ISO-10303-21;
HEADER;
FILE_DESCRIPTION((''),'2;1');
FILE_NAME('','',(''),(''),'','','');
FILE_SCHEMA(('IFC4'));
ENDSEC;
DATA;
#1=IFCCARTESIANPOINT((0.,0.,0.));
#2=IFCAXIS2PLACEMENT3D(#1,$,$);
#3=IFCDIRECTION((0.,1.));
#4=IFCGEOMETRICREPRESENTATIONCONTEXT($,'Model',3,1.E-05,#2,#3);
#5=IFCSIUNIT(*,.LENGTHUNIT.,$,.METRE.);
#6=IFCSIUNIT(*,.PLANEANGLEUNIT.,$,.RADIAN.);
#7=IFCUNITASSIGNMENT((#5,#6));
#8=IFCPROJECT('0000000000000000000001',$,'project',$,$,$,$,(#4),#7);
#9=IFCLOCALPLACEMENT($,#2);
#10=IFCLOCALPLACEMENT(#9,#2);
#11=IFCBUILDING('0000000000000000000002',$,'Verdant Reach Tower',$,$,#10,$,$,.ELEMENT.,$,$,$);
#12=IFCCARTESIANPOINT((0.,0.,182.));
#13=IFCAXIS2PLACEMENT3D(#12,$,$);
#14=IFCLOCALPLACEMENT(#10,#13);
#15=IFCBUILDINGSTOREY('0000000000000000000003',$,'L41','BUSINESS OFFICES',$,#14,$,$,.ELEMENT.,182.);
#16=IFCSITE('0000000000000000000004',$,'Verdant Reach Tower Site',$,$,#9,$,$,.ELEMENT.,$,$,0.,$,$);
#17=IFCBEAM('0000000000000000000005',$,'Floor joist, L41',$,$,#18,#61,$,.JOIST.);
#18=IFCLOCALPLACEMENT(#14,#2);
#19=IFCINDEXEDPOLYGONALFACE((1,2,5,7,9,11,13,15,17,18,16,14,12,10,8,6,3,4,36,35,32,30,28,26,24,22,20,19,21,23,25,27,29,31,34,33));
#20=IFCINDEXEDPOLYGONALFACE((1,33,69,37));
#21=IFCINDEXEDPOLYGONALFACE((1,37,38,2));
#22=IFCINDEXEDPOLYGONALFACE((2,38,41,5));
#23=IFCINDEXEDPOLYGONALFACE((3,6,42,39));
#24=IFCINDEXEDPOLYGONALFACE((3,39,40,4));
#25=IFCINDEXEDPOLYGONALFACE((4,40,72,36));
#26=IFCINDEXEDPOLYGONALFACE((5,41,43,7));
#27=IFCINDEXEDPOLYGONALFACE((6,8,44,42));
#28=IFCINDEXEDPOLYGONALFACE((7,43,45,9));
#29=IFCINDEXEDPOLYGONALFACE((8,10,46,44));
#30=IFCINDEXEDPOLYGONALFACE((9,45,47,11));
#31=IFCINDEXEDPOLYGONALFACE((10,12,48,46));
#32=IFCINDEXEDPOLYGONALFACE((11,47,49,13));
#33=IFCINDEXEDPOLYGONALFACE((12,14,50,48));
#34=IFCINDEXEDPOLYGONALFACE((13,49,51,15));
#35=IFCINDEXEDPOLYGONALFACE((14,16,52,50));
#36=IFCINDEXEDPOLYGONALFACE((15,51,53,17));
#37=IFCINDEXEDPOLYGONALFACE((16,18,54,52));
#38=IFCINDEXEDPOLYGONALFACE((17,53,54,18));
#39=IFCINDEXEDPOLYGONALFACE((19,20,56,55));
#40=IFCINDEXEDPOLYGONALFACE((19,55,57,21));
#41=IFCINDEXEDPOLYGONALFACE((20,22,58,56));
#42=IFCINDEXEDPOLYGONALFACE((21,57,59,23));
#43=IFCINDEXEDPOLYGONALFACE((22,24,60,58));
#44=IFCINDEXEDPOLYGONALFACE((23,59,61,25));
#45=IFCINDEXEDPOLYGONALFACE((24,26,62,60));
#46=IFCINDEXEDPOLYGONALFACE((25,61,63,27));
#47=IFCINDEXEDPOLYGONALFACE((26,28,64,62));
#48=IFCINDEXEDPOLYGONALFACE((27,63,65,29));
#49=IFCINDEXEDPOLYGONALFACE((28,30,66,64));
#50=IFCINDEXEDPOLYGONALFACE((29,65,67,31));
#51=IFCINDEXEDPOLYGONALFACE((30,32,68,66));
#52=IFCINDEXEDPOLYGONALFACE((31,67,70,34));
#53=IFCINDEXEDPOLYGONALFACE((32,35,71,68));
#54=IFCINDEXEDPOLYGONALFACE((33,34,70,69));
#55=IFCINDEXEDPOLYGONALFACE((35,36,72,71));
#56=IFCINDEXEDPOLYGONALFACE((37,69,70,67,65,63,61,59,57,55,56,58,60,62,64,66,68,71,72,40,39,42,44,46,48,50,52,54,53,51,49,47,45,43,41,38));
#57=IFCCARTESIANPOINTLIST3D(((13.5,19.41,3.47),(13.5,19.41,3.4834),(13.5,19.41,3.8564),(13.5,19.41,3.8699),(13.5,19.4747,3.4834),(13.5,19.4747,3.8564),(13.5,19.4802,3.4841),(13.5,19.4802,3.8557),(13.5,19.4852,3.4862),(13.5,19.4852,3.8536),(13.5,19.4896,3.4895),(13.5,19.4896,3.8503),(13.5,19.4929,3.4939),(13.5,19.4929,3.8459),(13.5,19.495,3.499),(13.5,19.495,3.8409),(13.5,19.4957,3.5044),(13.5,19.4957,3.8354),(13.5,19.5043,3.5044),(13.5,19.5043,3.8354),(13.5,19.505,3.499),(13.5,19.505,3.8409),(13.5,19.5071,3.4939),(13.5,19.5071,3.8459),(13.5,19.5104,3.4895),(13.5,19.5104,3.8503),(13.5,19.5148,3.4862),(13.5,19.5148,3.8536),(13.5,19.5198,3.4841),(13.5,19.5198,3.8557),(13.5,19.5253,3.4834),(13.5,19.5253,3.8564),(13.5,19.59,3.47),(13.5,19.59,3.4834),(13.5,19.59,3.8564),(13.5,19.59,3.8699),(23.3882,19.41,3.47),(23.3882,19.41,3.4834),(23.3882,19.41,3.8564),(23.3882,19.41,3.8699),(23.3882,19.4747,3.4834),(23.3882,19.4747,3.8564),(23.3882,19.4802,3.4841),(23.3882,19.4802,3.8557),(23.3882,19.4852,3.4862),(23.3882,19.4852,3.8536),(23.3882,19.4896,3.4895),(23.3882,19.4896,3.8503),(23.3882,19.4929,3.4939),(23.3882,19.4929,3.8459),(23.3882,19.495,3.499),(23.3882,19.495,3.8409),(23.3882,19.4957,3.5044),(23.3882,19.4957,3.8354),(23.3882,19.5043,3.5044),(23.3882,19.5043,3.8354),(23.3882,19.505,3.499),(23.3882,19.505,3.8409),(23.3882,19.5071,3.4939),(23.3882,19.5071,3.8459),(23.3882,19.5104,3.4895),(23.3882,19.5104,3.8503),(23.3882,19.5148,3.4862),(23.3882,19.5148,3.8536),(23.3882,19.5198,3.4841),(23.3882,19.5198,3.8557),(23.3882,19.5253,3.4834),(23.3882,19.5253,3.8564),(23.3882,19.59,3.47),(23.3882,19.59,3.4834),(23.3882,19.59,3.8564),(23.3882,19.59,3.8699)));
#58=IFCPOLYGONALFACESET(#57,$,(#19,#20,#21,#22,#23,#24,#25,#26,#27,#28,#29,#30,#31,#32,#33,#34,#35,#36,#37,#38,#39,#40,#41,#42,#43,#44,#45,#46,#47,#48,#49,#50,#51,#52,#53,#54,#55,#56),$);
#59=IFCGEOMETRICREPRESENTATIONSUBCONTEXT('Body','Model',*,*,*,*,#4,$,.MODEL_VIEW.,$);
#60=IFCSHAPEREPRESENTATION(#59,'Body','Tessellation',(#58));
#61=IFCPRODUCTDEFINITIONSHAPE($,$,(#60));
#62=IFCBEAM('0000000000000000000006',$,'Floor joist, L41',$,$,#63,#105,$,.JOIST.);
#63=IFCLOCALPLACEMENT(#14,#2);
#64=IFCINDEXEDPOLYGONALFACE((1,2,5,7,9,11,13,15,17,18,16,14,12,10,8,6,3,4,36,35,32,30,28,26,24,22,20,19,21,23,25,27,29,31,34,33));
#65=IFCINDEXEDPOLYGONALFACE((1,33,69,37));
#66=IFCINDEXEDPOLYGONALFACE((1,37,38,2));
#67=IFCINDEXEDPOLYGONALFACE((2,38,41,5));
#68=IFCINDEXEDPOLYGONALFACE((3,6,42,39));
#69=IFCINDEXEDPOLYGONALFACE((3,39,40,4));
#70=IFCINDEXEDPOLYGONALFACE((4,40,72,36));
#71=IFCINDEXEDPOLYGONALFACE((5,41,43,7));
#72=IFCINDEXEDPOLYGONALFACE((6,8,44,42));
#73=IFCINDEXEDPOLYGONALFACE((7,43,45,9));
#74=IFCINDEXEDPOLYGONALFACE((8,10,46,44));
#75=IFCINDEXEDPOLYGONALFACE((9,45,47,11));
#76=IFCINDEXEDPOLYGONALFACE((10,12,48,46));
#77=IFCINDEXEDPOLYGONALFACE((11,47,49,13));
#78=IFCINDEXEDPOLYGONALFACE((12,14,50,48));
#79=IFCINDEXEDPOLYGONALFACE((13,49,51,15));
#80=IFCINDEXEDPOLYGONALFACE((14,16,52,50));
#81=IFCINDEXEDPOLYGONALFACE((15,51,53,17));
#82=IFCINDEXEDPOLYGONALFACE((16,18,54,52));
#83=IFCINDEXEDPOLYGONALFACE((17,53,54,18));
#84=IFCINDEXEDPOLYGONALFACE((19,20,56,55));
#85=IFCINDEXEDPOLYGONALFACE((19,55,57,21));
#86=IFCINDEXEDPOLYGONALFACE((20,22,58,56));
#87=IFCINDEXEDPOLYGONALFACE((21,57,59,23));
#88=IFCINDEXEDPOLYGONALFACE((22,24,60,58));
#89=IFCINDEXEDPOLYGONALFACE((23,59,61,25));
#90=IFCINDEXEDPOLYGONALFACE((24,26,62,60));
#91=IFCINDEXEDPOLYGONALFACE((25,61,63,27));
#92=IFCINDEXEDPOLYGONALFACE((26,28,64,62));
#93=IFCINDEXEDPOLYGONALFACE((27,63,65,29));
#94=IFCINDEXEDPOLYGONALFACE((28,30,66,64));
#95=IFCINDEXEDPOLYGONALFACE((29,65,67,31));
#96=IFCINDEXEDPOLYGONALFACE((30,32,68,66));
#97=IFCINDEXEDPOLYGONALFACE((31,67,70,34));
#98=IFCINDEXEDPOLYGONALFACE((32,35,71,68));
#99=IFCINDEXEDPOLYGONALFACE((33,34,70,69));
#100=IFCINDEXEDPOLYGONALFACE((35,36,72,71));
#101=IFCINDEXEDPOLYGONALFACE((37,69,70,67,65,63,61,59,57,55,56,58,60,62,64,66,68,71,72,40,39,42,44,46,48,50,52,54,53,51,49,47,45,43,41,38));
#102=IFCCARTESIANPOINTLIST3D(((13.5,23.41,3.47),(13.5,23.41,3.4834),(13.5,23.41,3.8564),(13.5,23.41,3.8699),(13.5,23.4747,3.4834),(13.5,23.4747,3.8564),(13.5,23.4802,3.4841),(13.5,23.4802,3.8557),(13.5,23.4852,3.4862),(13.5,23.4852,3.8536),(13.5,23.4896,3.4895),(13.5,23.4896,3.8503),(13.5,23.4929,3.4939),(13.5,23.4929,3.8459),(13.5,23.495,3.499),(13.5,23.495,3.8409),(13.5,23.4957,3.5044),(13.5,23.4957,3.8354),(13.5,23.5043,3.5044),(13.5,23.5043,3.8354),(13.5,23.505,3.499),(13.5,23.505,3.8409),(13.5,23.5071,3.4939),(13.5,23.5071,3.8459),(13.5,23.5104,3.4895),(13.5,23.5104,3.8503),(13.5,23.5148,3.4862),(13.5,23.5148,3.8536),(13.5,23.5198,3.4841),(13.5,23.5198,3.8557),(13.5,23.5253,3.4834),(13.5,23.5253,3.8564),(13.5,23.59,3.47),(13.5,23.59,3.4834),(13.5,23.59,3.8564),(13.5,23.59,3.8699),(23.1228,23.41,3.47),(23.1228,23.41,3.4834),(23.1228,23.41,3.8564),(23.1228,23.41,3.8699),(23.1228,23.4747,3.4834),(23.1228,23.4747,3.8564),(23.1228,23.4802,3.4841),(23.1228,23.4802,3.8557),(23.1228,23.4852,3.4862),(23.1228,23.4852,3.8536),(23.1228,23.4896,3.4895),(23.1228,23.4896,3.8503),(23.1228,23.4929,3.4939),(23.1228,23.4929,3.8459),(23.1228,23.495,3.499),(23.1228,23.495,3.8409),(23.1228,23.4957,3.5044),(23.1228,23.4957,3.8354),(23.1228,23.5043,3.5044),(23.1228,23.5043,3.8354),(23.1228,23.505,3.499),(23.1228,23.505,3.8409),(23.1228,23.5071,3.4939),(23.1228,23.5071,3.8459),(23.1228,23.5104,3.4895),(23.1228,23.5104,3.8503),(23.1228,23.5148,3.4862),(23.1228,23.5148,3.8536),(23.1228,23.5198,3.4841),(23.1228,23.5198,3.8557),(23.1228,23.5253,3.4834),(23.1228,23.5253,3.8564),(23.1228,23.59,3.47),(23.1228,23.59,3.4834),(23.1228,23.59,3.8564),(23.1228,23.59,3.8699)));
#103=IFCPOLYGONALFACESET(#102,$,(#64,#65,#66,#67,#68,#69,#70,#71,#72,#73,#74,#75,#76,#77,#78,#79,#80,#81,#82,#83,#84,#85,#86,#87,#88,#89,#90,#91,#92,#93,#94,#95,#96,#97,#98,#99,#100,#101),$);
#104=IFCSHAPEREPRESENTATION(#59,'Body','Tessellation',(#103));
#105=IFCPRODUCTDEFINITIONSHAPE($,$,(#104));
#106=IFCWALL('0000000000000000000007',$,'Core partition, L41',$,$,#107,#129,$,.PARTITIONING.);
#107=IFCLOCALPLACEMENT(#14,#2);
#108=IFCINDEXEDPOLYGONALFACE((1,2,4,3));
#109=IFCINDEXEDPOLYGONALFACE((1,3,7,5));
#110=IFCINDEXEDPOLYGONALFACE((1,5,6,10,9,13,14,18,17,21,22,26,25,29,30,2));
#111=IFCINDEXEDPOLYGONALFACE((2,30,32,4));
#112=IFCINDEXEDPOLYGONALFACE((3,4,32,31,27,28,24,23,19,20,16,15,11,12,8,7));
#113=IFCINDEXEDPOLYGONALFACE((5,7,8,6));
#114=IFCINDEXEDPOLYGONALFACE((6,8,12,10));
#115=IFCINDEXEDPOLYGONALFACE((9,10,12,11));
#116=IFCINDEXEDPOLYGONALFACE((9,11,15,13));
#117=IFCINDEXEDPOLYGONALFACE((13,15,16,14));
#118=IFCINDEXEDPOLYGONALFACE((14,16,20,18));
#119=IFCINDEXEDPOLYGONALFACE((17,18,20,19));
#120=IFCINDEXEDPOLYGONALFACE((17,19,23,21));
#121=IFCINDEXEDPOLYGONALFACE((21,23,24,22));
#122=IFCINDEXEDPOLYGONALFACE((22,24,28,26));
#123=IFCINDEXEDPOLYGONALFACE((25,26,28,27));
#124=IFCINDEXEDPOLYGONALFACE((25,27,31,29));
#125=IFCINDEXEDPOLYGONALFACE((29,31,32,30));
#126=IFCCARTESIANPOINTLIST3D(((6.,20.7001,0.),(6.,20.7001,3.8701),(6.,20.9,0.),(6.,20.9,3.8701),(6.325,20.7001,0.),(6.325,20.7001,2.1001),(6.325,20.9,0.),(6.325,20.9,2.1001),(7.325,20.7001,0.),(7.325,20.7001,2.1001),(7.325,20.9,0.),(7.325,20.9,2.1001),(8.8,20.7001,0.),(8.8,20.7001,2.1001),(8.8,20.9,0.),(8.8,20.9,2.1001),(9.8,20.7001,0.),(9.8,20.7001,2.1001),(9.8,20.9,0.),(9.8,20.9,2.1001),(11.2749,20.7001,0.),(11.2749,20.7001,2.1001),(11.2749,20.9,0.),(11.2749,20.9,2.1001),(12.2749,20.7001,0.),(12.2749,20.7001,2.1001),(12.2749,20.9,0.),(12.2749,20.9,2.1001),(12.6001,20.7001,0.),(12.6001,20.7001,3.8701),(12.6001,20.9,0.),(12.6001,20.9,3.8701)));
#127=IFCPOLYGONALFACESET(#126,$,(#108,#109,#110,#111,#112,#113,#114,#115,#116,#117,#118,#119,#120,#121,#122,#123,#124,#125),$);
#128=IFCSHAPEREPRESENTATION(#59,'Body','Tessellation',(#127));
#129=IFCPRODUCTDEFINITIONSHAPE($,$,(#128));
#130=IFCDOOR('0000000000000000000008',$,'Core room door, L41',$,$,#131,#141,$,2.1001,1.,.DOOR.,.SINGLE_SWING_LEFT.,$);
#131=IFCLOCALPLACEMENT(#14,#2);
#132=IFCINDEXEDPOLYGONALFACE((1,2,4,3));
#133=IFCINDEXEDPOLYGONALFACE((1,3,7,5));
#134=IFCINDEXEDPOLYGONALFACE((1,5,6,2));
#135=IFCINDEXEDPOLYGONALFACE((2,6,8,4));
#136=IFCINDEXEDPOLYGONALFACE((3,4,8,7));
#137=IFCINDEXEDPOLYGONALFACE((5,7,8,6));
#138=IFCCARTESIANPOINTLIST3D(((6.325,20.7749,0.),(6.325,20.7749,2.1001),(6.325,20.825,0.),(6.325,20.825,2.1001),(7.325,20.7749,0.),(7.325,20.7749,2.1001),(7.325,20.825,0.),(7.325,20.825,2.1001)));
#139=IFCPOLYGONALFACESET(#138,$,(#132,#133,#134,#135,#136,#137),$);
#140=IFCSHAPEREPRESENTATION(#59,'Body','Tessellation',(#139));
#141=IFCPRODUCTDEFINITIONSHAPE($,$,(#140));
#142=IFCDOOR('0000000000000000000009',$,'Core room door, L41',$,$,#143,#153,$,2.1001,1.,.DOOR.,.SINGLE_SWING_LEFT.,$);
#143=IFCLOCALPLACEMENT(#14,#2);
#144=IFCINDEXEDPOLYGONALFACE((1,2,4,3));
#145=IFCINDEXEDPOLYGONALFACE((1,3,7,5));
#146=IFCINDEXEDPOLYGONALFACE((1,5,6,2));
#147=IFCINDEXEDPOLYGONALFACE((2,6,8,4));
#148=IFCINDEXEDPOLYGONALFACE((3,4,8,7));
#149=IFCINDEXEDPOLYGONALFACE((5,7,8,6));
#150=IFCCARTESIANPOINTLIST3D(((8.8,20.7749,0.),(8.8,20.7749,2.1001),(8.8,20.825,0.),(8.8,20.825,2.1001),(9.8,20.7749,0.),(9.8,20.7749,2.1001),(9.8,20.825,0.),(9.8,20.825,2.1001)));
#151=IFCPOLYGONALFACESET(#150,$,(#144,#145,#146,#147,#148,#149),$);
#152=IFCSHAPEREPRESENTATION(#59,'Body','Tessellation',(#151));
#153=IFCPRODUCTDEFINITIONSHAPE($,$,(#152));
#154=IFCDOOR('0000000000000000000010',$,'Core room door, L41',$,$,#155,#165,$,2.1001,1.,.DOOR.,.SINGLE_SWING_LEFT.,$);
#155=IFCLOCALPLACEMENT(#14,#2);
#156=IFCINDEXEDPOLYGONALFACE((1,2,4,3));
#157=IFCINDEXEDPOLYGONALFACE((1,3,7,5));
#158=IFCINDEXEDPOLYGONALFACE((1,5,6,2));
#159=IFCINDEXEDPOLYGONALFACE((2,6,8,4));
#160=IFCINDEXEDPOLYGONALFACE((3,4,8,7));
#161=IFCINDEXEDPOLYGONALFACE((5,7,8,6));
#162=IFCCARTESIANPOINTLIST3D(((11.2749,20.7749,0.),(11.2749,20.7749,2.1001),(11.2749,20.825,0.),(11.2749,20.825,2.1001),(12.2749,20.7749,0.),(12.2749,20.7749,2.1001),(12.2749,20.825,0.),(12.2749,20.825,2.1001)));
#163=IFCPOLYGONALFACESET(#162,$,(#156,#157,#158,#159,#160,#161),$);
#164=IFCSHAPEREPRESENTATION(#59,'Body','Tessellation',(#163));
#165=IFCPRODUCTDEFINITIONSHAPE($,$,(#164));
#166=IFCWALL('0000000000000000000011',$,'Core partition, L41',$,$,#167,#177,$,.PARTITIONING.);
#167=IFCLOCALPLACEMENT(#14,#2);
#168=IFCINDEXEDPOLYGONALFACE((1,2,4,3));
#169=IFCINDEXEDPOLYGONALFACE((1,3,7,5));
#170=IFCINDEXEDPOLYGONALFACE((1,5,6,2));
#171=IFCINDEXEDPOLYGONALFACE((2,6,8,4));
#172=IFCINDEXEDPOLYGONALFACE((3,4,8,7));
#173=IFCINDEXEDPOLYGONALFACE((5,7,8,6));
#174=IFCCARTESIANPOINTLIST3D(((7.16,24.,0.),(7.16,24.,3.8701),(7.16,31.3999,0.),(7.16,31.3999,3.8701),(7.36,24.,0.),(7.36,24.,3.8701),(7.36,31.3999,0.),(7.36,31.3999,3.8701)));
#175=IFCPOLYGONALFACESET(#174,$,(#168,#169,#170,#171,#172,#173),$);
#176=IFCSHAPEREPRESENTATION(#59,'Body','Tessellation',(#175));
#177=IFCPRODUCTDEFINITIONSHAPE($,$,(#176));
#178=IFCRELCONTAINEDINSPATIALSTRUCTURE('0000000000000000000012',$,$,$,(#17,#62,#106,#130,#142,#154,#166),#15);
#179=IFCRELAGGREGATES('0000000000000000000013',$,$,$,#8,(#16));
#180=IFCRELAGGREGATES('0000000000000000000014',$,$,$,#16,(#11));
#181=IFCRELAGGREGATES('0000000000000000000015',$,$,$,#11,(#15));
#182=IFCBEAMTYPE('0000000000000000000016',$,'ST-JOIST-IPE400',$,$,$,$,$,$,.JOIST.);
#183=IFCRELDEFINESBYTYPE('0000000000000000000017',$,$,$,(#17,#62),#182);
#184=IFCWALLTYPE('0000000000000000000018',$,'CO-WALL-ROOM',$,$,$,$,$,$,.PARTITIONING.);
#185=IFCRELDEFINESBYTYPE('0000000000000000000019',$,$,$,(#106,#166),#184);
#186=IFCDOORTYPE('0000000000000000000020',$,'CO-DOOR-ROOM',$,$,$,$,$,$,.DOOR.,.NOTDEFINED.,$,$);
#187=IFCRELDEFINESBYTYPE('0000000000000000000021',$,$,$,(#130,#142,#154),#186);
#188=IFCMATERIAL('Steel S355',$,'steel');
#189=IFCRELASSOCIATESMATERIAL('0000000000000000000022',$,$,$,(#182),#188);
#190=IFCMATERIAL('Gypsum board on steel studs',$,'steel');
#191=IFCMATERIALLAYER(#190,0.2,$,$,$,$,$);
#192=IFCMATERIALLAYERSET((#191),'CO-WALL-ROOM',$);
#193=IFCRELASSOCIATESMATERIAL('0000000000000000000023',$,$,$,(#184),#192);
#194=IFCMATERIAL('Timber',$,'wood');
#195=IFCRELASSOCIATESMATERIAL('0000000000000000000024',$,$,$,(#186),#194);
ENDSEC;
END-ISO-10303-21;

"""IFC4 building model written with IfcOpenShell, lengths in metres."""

from ifc_helpers import new_model, si_unit, direction, frame, frame_2d, origin, origin_2d, place, context, subcontext, project, spatial, rectangle, i_section, extrude, material, layer, layer_set, material_profile, profile_set, type_object, element, fill, save


model = new_model("IFC4")

# Units and contexts
model_context = context("Model", 3, precision=1e-05, world=origin(), true_north=direction((0.0, 1.0)))
body_context = subcontext(model_context, "Body", "Model", "MODEL_VIEW")
ifc_project = project(units=[si_unit("LENGTHUNIT", "METRE"), si_unit("PLANEANGLEUNIT", "RADIAN")], contexts=[model_context])

# Site, building, storey
site_placement = place(None, origin())
site = spatial("IfcSite", under=ifc_project, at=site_placement, Name="Verdant Reach Tower Site", CompositionType="ELEMENT", RefElevation=0.0)
building_placement = place(site_placement, origin())
building = spatial("IfcBuilding", under=site, at=building_placement, Name="Verdant Reach Tower", CompositionType="ELEMENT")
storey_placement = place(building_placement, frame((0.0, 0.0, 182.0)))
storey = spatial("IfcBuildingStorey", under=building, at=storey_placement, Name="L41", Description="BUSINESS OFFICES", CompositionType="ELEMENT", Elevation=182.0)

# Beams
ifc_material_1 = material(Name="Steel S355", Category="steel")
ifc_material_profile = material_profile(ifc_material_1, i_section(OverallWidth=0.1799, OverallDepth=0.3999, WebThickness=0.0085, FlangeThickness=0.0134, FilletRadius=0.021, at=origin_2d()), Name="IPE 400")
ifc_profile_set = profile_set([ifc_material_profile], Name="Steel S355")
beam_type = type_object("IfcBeamType", Name="ST-JOIST-IPE400", PredefinedType="JOIST", material=ifc_profile_set)
beam_1_placement = place(storey_placement, frame((13.5, 19.5, 3.6699), z_axis=(1.0, 0.0, 0.0), x_axis=(0.0, 1.0, 0.0)))
element("IfcBeam", 1, at=beam_1_placement, inside=storey, type_object=beam_type, Name="Floor joist, L41", PredefinedType="JOIST", context=body_context, shape_type="SweptSolid", body=[
    extrude(i_section(OverallWidth=0.1799, OverallDepth=0.3999, WebThickness=0.0085, FlangeThickness=0.0134, FilletRadius=0.021, at=origin_2d()), origin(), (0.0, 0.0, 1.0), 9.8882),
])
beam_2_placement = place(storey_placement, frame((13.5, 23.5, 3.6699), z_axis=(1.0, 0.0, 0.0), x_axis=(0.0, 1.0, 0.0)))
element("IfcBeam", 2, at=beam_2_placement, inside=storey, type_object=beam_type, Name="Floor joist, L41", PredefinedType="JOIST", context=body_context, shape_type="SweptSolid", body=[
    extrude(i_section(OverallWidth=0.1799, OverallDepth=0.3999, WebThickness=0.0085, FlangeThickness=0.0134, FilletRadius=0.021, at=origin_2d()), origin(), (0.0, 0.0, 1.0), 9.6228),
])

# Wall, openings, doors
ifc_material_2 = material(Name="Gypsum board on steel studs", Category="steel")
ifc_layer_1 = layer(ifc_material_2, 0.2)
ifc_layer_set_1 = layer_set([ifc_layer_1], Name="CO-WALL-ROOM")
wall_type_1 = type_object("IfcWallType", Name="CO-WALL-ROOM", PredefinedType="PARTITIONING", material=ifc_layer_set_1)
wall_1_placement = place(storey_placement, frame((6.0, 20.8, 0.0), z_axis=(0.0, 0.0, 1.0), x_axis=(1.0, 0.0, 0.0)))
wall_1 = element("IfcWall", 3, at=wall_1_placement, inside=storey, type_object=wall_type_1, Name="Core partition, L41", PredefinedType="PARTITIONING", context=body_context, shape_type="SweptSolid", body=[
    extrude(rectangle(XDim=6.6001, YDim=0.2, at=frame_2d((3.3, 0.0))), origin(), (0.0, 0.0, 1.0), 3.8701),
])
opening_1_placement = place(wall_1_placement, frame((0.325, 0.0, 0.0)))
opening_1 = element("IfcOpeningElement", 4, at=opening_1_placement, cuts=wall_1, PredefinedType="OPENING", context=body_context, shape_type="SweptSolid", body=[
    extrude(rectangle(XDim=1.0, YDim=2.1001, at=frame_2d((0.5, 1.05))), frame((0.0, 0.1099, 0.0), z_axis=(0.0, -1.0, 0.0), x_axis=(1.0, 0.0, 0.0)), (0.0, 0.0, 1.0), 0.22),
])
opening_2_placement = place(wall_1_placement, frame((2.8, 0.0, 0.0)))
opening_2 = element("IfcOpeningElement", 5, at=opening_2_placement, cuts=wall_1, PredefinedType="OPENING", context=body_context, shape_type="SweptSolid", body=[
    extrude(rectangle(XDim=1.0, YDim=2.1001, at=frame_2d((0.5, 1.05))), frame((0.0, 0.1099, 0.0), z_axis=(0.0, -1.0, 0.0), x_axis=(1.0, 0.0, 0.0)), (0.0, 0.0, 1.0), 0.22),
])
opening_3_placement = place(wall_1_placement, frame((5.2749, 0.0, 0.0)))
opening_3 = element("IfcOpeningElement", 6, at=opening_3_placement, cuts=wall_1, PredefinedType="OPENING", context=body_context, shape_type="SweptSolid", body=[
    extrude(rectangle(XDim=1.0, YDim=2.1001, at=frame_2d((0.5, 1.05))), frame((0.0, 0.1099, 0.0), z_axis=(0.0, -1.0, 0.0), x_axis=(1.0, 0.0, 0.0)), (0.0, 0.0, 1.0), 0.22),
])
ifc_material_3 = material(Name="Timber", Category="wood")
door_type_1 = type_object("IfcDoorType", Name="CO-DOOR-ROOM", OperationType="NOTDEFINED", PredefinedType="DOOR", material=ifc_material_3)
door_1_placement = place(opening_1_placement, origin())
door_1 = element("IfcDoor", 7, at=door_1_placement, inside=storey, type_object=door_type_1, Name="Core room door, L41", OperationType="SINGLE_SWING_LEFT", OverallHeight=2.1001, OverallWidth=1.0, PredefinedType="DOOR", context=body_context, shape_type="SweptSolid", body=[
    extrude(rectangle(XDim=1.0, YDim=2.1001, at=frame_2d((0.5, 1.05))), frame((0.0, 0.0249, 0.0), z_axis=(0.0, -1.0, 0.0), x_axis=(1.0, 0.0, 0.0)), (0.0, 0.0, 1.0), 0.05),
])
fill(opening_1, door_1)
door_2_placement = place(opening_2_placement, origin())
door_2 = element("IfcDoor", 8, at=door_2_placement, inside=storey, type_object=door_type_1, Name="Core room door, L41", OperationType="SINGLE_SWING_LEFT", OverallHeight=2.1001, OverallWidth=1.0, PredefinedType="DOOR", context=body_context, shape_type="SweptSolid", body=[
    extrude(rectangle(XDim=1.0, YDim=2.1001, at=frame_2d((0.5, 1.05))), frame((0.0, 0.0249, 0.0), z_axis=(0.0, -1.0, 0.0), x_axis=(1.0, 0.0, 0.0)), (0.0, 0.0, 1.0), 0.05),
])
fill(opening_2, door_2)
door_3_placement = place(opening_3_placement, origin())
door_3 = element("IfcDoor", 9, at=door_3_placement, inside=storey, type_object=door_type_1, Name="Core room door, L41", OperationType="SINGLE_SWING_LEFT", OverallHeight=2.1001, OverallWidth=1.0, PredefinedType="DOOR", context=body_context, shape_type="SweptSolid", body=[
    extrude(rectangle(XDim=1.0, YDim=2.1001, at=frame_2d((0.5, 1.05))), frame((0.0, 0.0249, 0.0), z_axis=(0.0, -1.0, 0.0), x_axis=(1.0, 0.0, 0.0)), (0.0, 0.0, 1.0), 0.05),
])
fill(opening_3, door_3)

# Wall
wall_2_placement = place(storey_placement, frame((7.26, 24.0, 0.0), z_axis=(0.0, 0.0, 1.0), x_axis=(0.0, 1.0, 0.0)))
element("IfcWall", 10, at=wall_2_placement, inside=storey, type_object=wall_type_1, Name="Core partition, L41", PredefinedType="PARTITIONING", context=body_context, shape_type="SweptSolid", body=[
    extrude(rectangle(XDim=7.3999, YDim=0.2, at=frame_2d((3.7, 0.0))), origin(), (0.0, 0.0, 1.0), 3.8701),
])

save(model, "model.ifc")
